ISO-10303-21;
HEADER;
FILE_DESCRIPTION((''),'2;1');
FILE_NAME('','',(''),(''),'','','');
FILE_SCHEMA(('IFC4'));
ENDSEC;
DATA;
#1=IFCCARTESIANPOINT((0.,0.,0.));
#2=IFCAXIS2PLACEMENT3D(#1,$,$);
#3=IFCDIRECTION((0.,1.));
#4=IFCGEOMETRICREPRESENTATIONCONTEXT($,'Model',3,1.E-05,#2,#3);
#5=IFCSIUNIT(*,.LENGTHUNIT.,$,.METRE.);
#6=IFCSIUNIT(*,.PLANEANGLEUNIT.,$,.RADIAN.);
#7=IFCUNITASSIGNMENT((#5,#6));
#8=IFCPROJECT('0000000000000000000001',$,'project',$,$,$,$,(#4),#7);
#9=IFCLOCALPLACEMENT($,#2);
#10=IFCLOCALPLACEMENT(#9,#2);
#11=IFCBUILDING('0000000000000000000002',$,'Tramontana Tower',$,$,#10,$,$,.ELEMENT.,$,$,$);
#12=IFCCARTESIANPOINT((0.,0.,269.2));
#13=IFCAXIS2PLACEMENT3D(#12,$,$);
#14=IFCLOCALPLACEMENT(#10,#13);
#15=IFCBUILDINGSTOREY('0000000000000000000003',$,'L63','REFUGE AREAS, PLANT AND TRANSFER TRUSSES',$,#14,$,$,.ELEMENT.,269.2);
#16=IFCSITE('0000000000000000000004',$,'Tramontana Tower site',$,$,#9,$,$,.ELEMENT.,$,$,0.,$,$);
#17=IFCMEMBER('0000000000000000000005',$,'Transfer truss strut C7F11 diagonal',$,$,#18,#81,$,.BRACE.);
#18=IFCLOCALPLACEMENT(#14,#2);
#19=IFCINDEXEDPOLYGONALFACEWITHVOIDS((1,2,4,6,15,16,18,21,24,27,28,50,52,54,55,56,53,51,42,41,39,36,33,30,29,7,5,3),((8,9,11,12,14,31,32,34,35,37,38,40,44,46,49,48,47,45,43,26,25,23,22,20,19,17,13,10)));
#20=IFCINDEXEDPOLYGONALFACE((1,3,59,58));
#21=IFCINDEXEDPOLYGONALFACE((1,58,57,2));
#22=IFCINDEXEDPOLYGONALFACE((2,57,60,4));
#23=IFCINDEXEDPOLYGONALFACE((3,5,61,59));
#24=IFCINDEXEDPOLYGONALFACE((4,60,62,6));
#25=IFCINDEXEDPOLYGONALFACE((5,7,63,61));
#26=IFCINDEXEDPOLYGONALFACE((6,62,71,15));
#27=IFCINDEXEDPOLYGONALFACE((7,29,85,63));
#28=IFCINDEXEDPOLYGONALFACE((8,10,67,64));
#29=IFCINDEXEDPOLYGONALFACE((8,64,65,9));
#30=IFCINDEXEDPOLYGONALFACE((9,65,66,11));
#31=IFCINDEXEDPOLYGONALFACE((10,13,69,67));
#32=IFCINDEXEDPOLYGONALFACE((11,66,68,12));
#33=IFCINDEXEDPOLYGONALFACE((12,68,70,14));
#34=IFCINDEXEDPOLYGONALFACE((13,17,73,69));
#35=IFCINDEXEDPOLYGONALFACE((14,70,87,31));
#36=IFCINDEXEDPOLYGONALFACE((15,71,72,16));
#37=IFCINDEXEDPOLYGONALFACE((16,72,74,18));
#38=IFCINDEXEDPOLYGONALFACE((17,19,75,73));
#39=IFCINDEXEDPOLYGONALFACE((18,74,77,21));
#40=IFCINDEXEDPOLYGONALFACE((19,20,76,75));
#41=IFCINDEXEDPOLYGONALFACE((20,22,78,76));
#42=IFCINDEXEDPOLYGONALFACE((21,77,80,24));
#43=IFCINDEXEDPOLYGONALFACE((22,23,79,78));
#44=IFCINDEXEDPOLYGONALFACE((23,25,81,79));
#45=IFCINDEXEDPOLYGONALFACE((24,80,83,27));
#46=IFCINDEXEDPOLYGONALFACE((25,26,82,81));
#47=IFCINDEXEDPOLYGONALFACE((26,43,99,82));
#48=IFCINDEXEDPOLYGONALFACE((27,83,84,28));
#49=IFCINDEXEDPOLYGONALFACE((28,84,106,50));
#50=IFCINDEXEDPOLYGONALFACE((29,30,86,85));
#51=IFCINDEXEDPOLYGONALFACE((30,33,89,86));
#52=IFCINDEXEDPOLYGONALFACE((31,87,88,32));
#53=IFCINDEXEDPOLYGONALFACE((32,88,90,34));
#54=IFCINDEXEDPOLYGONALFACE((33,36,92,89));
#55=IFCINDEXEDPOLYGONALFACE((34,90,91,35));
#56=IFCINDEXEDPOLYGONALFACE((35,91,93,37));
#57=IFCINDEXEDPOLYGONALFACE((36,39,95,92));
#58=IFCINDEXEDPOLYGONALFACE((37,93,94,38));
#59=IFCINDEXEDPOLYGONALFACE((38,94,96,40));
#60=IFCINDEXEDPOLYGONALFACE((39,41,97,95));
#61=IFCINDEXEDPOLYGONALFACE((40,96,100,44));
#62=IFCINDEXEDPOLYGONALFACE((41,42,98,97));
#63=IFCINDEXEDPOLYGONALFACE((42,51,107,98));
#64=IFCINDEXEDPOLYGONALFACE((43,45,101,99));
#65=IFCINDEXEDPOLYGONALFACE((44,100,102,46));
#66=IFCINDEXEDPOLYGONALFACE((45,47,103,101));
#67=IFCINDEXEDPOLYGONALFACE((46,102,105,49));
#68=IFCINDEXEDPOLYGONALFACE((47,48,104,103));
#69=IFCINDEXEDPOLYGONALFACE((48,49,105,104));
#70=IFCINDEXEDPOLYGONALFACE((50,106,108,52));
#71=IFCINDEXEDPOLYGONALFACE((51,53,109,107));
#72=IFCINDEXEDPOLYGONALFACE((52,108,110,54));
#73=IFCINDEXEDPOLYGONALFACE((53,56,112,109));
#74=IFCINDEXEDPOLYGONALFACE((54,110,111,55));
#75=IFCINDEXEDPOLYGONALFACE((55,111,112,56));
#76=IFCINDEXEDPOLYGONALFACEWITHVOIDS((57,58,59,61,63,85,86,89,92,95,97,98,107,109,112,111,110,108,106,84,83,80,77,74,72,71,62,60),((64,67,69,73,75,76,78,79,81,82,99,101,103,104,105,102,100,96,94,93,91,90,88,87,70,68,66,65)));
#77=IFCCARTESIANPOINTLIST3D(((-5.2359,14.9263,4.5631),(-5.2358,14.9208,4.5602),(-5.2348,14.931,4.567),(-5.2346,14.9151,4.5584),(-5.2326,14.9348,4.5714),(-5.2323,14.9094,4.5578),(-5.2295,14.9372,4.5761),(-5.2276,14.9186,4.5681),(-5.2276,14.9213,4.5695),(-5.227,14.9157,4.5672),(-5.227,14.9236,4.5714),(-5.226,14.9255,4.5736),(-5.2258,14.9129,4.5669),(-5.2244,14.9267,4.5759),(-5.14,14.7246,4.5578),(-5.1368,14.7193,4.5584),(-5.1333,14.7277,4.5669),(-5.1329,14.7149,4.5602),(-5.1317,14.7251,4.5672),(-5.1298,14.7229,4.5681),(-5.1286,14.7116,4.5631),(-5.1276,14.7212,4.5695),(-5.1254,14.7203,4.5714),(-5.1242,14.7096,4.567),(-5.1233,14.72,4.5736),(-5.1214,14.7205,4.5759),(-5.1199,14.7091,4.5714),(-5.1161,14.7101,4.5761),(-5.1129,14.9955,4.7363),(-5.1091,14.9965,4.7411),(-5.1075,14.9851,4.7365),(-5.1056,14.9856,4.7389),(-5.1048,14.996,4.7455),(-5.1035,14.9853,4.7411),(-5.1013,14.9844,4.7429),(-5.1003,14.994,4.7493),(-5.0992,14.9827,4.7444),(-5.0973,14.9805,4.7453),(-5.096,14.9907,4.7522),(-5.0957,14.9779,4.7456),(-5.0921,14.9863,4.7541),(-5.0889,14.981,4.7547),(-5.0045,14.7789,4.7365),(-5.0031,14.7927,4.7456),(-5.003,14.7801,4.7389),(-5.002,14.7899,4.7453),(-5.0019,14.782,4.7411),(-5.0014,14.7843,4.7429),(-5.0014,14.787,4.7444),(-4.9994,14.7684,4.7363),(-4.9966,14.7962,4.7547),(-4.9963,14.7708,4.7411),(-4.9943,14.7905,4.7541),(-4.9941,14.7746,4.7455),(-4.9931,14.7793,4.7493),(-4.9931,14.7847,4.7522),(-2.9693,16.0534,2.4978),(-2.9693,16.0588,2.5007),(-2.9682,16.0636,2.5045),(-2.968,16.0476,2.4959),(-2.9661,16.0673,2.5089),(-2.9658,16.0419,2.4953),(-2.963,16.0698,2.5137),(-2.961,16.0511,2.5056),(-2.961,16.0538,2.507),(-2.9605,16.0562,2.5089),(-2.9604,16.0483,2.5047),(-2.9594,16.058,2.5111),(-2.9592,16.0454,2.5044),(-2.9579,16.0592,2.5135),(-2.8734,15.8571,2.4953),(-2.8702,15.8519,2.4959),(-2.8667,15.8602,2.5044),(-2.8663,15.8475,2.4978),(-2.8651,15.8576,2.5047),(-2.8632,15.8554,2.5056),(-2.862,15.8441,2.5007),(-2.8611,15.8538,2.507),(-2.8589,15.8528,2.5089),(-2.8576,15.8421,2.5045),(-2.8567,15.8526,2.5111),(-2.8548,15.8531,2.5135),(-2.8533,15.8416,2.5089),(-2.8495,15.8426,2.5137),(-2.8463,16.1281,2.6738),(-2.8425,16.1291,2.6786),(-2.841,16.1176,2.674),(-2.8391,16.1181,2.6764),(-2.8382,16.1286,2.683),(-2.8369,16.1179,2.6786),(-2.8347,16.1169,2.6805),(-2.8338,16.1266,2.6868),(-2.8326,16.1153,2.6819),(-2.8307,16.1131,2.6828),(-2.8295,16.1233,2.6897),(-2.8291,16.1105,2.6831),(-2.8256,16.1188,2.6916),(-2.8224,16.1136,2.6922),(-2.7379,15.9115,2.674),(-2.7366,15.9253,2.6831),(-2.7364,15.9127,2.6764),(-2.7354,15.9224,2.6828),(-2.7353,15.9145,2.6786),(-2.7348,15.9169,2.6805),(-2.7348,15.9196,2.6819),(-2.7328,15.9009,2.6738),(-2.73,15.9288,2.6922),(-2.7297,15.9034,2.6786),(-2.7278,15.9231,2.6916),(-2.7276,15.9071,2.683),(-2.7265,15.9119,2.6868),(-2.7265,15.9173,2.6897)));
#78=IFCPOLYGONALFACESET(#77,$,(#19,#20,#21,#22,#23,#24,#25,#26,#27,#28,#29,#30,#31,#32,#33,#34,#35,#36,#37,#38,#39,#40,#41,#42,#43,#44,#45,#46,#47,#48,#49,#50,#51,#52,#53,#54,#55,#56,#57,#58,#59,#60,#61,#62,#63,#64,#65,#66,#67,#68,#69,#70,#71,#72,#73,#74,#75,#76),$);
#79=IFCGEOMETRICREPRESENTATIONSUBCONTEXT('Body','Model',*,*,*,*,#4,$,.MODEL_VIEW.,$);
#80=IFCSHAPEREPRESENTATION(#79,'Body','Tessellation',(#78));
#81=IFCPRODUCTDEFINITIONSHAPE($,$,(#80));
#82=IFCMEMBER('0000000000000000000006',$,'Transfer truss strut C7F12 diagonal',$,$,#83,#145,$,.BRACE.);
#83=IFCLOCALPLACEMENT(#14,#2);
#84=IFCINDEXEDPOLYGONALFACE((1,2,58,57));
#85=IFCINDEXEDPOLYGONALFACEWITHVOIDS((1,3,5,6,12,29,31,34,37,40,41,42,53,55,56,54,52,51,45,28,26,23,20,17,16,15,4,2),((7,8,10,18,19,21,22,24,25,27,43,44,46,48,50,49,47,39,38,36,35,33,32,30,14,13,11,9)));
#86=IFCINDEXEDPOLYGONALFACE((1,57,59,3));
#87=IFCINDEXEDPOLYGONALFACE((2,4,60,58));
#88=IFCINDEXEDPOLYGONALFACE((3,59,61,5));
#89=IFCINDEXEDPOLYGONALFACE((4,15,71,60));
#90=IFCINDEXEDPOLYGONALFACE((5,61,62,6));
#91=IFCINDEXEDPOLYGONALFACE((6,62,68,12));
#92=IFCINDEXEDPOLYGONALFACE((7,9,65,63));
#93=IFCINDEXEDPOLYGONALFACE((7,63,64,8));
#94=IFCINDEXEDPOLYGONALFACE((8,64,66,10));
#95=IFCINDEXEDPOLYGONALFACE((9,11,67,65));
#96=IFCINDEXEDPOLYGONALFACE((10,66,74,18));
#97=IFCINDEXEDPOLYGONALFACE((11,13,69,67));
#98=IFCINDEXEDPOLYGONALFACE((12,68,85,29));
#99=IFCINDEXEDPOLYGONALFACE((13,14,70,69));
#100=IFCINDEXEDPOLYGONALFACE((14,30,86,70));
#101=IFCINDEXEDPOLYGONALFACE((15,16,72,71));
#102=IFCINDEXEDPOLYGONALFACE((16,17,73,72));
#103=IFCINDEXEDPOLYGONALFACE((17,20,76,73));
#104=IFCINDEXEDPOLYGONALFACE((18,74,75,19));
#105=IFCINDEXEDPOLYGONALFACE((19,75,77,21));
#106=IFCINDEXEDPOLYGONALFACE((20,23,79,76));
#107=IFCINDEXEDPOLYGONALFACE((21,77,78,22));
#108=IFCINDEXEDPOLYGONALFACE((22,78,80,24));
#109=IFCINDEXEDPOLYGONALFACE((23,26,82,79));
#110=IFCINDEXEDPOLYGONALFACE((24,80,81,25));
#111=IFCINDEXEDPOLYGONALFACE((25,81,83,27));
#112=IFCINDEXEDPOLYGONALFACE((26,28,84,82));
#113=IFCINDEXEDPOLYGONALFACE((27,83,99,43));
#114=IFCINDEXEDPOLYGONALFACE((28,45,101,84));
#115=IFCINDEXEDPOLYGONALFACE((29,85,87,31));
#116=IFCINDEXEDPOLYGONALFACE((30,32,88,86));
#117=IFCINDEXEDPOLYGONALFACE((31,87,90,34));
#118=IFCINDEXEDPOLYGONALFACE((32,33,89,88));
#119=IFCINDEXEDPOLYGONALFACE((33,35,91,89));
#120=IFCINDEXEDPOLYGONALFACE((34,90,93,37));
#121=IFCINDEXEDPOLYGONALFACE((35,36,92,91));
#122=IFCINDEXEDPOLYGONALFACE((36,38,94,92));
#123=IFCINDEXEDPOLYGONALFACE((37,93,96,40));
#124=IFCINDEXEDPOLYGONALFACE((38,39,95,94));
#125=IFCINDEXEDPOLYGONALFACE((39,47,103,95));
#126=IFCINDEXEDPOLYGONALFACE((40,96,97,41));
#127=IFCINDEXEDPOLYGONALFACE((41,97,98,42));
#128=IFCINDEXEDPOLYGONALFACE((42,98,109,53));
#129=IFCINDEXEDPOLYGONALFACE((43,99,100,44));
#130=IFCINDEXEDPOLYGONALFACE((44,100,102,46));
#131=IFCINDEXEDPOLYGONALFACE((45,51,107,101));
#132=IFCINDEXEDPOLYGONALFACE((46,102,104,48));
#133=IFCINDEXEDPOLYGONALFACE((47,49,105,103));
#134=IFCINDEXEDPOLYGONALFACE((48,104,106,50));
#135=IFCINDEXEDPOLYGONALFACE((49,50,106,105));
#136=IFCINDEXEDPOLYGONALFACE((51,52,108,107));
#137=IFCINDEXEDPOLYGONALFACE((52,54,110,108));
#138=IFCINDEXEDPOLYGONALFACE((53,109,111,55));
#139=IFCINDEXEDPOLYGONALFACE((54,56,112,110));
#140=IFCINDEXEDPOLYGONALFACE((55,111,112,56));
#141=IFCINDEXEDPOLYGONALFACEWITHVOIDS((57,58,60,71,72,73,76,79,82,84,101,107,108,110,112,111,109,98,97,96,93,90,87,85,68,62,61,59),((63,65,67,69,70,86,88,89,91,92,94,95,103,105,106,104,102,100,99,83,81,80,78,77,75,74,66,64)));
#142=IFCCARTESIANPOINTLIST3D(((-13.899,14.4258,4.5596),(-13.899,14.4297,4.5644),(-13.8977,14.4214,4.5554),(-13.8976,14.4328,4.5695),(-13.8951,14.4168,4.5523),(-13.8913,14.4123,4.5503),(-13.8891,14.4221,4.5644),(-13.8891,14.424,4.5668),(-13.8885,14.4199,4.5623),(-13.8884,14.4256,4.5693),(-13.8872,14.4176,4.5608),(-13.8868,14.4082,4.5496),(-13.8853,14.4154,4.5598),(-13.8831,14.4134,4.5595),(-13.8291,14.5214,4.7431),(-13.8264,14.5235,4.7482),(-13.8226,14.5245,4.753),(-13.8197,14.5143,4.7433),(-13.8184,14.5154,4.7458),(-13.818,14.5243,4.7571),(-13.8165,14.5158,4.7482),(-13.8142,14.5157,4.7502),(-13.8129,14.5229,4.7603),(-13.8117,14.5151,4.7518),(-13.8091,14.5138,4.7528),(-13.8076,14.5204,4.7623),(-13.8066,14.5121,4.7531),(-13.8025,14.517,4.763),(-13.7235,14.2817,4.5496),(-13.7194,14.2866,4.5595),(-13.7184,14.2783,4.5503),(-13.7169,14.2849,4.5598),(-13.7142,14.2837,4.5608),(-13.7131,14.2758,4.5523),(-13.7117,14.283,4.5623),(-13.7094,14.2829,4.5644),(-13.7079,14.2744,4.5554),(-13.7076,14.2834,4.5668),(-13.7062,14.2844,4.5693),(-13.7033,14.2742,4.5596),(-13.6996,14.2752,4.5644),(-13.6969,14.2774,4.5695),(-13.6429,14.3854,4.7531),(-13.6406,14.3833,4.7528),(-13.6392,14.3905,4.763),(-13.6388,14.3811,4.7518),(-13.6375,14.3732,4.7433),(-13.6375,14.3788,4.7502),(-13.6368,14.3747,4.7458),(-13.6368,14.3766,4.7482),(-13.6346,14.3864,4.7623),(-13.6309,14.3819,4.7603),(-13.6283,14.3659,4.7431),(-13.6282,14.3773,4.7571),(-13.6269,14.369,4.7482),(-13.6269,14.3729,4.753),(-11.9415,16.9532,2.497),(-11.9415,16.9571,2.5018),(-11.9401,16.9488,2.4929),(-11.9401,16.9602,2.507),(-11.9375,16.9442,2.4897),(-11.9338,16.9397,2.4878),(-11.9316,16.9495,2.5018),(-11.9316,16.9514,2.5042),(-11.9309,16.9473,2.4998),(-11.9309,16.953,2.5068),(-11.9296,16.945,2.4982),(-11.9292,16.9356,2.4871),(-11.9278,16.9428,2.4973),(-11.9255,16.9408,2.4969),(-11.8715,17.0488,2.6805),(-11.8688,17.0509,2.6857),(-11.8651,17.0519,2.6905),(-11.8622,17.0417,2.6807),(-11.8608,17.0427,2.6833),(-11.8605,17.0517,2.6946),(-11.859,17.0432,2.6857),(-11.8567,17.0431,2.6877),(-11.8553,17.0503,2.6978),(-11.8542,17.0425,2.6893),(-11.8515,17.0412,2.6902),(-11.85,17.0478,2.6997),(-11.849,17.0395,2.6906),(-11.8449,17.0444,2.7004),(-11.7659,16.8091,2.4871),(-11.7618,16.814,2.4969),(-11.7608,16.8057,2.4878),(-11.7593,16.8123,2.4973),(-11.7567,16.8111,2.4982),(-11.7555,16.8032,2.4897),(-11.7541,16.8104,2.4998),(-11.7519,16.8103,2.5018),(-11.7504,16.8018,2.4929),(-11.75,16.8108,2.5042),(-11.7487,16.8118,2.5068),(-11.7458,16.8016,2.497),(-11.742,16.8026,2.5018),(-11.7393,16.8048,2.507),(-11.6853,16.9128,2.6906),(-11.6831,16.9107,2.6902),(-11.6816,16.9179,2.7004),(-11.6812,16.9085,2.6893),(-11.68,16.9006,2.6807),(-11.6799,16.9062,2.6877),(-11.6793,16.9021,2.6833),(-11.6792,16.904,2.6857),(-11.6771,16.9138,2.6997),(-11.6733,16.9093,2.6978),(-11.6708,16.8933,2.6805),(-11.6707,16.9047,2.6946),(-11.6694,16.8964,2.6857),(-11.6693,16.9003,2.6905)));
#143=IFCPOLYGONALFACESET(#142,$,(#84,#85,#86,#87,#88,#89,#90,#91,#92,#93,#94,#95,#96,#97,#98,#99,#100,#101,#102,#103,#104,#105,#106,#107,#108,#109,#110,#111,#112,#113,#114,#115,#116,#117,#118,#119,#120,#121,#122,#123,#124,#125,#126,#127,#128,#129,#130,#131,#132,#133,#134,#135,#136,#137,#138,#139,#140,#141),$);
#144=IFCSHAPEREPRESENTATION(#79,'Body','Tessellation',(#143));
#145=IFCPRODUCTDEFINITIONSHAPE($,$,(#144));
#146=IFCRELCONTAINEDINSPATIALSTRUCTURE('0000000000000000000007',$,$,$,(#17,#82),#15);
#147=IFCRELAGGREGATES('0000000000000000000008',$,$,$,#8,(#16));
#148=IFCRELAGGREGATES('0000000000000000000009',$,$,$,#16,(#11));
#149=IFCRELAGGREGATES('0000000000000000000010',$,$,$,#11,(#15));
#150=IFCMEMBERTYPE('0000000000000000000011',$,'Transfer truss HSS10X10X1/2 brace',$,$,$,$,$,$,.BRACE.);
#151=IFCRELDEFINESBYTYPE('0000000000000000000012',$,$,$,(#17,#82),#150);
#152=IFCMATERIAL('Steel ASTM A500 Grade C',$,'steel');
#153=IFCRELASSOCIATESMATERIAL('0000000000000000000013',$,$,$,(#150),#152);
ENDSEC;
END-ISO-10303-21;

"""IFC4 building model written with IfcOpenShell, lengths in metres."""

from ifc_helpers import new_model, si_unit, direction, frame, origin, origin_2d, place, context, subcontext, project, spatial, hollow_rectangle, extrude, material, material_profile, profile_set, type_object, element, save


model = new_model("IFC4")

# Units and contexts
model_context = context("Model", 3, precision=1e-05, world=origin(), true_north=direction((0.0, 1.0)))
body_context = subcontext(model_context, "Body", "Model", "MODEL_VIEW")
ifc_project = project(units=[si_unit("LENGTHUNIT", "METRE"), si_unit("PLANEANGLEUNIT", "RADIAN")], contexts=[model_context])

# Site, building, storey
site_placement = place(None, origin())
site = spatial("IfcSite", under=ifc_project, at=site_placement, Name="Tramontana Tower site", CompositionType="ELEMENT", RefElevation=0.0)
building_placement = place(site_placement, origin())
building = spatial("IfcBuilding", under=site, at=building_placement, Name="Tramontana Tower", CompositionType="ELEMENT")
storey_placement = place(building_placement, frame((0.0, 0.0, 269.2)))
storey = spatial("IfcBuildingStorey", under=building, at=storey_placement, Name="L63", Description="REFUGE AREAS, PLANT AND TRANSFER TRUSSES", CompositionType="ELEMENT", Elevation=269.2)

# Members
ifc_material_1 = material(Name="Steel ASTM A500 Grade C", Category="steel")
ifc_material_profile_1 = material_profile(ifc_material_1, hollow_rectangle(XDim=0.2539, YDim=0.2539, WallThickness=0.0117, InnerFilletRadius=0.0117, OuterFilletRadius=0.0237, at=origin_2d()), Name="HSS10X10X1/2")
ifc_profile_set_1 = profile_set([ifc_material_profile_1], Name="Steel ASTM A500 Grade C")
member_type_1 = type_object("IfcMemberType", Name="Transfer truss HSS10X10X1/2 brace", PredefinedType="BRACE", material=ifc_profile_set_1)
member_1_placement = place(storey_placement, frame((-2.8479, 15.9854, 2.5938), z_axis=(-0.69376, -0.346656, 0.631289), x_axis=(0.446982, -0.894543, 0.0)))
element("IfcMember", 1, at=member_1_placement, inside=storey, type_object=member_type_1, Name="Transfer truss strut C7F11 diagonal", PredefinedType="BRACE", context=body_context, shape_type="SweptSolid", body=[
    extrude(hollow_rectangle(XDim=0.2539, YDim=0.2539, WallThickness=0.0117, InnerFilletRadius=0.0117, OuterFilletRadius=0.0237, at=origin_2d()), origin(), (0.0, 0.0, 1.0), 3.2671),
])
member_2_placement = place(storey_placement, frame((-11.8054, 16.9268, 2.5938), z_axis=(-0.514545, -0.664326, 0.542139), x_axis=(0.790593, -0.612343, 0.0)))
element("IfcMember", 2, at=member_2_placement, inside=storey, type_object=member_type_1, Name="Transfer truss strut C7F12 diagonal", PredefinedType="BRACE", context=body_context, shape_type="SweptSolid", body=[
    extrude(hollow_rectangle(XDim=0.2539, YDim=0.2539, WallThickness=0.0117, InnerFilletRadius=0.0117, OuterFilletRadius=0.0237, at=origin_2d()), origin(), (0.0, 0.0, 1.0), 3.8044),
])

save(model, "model.ifc")
